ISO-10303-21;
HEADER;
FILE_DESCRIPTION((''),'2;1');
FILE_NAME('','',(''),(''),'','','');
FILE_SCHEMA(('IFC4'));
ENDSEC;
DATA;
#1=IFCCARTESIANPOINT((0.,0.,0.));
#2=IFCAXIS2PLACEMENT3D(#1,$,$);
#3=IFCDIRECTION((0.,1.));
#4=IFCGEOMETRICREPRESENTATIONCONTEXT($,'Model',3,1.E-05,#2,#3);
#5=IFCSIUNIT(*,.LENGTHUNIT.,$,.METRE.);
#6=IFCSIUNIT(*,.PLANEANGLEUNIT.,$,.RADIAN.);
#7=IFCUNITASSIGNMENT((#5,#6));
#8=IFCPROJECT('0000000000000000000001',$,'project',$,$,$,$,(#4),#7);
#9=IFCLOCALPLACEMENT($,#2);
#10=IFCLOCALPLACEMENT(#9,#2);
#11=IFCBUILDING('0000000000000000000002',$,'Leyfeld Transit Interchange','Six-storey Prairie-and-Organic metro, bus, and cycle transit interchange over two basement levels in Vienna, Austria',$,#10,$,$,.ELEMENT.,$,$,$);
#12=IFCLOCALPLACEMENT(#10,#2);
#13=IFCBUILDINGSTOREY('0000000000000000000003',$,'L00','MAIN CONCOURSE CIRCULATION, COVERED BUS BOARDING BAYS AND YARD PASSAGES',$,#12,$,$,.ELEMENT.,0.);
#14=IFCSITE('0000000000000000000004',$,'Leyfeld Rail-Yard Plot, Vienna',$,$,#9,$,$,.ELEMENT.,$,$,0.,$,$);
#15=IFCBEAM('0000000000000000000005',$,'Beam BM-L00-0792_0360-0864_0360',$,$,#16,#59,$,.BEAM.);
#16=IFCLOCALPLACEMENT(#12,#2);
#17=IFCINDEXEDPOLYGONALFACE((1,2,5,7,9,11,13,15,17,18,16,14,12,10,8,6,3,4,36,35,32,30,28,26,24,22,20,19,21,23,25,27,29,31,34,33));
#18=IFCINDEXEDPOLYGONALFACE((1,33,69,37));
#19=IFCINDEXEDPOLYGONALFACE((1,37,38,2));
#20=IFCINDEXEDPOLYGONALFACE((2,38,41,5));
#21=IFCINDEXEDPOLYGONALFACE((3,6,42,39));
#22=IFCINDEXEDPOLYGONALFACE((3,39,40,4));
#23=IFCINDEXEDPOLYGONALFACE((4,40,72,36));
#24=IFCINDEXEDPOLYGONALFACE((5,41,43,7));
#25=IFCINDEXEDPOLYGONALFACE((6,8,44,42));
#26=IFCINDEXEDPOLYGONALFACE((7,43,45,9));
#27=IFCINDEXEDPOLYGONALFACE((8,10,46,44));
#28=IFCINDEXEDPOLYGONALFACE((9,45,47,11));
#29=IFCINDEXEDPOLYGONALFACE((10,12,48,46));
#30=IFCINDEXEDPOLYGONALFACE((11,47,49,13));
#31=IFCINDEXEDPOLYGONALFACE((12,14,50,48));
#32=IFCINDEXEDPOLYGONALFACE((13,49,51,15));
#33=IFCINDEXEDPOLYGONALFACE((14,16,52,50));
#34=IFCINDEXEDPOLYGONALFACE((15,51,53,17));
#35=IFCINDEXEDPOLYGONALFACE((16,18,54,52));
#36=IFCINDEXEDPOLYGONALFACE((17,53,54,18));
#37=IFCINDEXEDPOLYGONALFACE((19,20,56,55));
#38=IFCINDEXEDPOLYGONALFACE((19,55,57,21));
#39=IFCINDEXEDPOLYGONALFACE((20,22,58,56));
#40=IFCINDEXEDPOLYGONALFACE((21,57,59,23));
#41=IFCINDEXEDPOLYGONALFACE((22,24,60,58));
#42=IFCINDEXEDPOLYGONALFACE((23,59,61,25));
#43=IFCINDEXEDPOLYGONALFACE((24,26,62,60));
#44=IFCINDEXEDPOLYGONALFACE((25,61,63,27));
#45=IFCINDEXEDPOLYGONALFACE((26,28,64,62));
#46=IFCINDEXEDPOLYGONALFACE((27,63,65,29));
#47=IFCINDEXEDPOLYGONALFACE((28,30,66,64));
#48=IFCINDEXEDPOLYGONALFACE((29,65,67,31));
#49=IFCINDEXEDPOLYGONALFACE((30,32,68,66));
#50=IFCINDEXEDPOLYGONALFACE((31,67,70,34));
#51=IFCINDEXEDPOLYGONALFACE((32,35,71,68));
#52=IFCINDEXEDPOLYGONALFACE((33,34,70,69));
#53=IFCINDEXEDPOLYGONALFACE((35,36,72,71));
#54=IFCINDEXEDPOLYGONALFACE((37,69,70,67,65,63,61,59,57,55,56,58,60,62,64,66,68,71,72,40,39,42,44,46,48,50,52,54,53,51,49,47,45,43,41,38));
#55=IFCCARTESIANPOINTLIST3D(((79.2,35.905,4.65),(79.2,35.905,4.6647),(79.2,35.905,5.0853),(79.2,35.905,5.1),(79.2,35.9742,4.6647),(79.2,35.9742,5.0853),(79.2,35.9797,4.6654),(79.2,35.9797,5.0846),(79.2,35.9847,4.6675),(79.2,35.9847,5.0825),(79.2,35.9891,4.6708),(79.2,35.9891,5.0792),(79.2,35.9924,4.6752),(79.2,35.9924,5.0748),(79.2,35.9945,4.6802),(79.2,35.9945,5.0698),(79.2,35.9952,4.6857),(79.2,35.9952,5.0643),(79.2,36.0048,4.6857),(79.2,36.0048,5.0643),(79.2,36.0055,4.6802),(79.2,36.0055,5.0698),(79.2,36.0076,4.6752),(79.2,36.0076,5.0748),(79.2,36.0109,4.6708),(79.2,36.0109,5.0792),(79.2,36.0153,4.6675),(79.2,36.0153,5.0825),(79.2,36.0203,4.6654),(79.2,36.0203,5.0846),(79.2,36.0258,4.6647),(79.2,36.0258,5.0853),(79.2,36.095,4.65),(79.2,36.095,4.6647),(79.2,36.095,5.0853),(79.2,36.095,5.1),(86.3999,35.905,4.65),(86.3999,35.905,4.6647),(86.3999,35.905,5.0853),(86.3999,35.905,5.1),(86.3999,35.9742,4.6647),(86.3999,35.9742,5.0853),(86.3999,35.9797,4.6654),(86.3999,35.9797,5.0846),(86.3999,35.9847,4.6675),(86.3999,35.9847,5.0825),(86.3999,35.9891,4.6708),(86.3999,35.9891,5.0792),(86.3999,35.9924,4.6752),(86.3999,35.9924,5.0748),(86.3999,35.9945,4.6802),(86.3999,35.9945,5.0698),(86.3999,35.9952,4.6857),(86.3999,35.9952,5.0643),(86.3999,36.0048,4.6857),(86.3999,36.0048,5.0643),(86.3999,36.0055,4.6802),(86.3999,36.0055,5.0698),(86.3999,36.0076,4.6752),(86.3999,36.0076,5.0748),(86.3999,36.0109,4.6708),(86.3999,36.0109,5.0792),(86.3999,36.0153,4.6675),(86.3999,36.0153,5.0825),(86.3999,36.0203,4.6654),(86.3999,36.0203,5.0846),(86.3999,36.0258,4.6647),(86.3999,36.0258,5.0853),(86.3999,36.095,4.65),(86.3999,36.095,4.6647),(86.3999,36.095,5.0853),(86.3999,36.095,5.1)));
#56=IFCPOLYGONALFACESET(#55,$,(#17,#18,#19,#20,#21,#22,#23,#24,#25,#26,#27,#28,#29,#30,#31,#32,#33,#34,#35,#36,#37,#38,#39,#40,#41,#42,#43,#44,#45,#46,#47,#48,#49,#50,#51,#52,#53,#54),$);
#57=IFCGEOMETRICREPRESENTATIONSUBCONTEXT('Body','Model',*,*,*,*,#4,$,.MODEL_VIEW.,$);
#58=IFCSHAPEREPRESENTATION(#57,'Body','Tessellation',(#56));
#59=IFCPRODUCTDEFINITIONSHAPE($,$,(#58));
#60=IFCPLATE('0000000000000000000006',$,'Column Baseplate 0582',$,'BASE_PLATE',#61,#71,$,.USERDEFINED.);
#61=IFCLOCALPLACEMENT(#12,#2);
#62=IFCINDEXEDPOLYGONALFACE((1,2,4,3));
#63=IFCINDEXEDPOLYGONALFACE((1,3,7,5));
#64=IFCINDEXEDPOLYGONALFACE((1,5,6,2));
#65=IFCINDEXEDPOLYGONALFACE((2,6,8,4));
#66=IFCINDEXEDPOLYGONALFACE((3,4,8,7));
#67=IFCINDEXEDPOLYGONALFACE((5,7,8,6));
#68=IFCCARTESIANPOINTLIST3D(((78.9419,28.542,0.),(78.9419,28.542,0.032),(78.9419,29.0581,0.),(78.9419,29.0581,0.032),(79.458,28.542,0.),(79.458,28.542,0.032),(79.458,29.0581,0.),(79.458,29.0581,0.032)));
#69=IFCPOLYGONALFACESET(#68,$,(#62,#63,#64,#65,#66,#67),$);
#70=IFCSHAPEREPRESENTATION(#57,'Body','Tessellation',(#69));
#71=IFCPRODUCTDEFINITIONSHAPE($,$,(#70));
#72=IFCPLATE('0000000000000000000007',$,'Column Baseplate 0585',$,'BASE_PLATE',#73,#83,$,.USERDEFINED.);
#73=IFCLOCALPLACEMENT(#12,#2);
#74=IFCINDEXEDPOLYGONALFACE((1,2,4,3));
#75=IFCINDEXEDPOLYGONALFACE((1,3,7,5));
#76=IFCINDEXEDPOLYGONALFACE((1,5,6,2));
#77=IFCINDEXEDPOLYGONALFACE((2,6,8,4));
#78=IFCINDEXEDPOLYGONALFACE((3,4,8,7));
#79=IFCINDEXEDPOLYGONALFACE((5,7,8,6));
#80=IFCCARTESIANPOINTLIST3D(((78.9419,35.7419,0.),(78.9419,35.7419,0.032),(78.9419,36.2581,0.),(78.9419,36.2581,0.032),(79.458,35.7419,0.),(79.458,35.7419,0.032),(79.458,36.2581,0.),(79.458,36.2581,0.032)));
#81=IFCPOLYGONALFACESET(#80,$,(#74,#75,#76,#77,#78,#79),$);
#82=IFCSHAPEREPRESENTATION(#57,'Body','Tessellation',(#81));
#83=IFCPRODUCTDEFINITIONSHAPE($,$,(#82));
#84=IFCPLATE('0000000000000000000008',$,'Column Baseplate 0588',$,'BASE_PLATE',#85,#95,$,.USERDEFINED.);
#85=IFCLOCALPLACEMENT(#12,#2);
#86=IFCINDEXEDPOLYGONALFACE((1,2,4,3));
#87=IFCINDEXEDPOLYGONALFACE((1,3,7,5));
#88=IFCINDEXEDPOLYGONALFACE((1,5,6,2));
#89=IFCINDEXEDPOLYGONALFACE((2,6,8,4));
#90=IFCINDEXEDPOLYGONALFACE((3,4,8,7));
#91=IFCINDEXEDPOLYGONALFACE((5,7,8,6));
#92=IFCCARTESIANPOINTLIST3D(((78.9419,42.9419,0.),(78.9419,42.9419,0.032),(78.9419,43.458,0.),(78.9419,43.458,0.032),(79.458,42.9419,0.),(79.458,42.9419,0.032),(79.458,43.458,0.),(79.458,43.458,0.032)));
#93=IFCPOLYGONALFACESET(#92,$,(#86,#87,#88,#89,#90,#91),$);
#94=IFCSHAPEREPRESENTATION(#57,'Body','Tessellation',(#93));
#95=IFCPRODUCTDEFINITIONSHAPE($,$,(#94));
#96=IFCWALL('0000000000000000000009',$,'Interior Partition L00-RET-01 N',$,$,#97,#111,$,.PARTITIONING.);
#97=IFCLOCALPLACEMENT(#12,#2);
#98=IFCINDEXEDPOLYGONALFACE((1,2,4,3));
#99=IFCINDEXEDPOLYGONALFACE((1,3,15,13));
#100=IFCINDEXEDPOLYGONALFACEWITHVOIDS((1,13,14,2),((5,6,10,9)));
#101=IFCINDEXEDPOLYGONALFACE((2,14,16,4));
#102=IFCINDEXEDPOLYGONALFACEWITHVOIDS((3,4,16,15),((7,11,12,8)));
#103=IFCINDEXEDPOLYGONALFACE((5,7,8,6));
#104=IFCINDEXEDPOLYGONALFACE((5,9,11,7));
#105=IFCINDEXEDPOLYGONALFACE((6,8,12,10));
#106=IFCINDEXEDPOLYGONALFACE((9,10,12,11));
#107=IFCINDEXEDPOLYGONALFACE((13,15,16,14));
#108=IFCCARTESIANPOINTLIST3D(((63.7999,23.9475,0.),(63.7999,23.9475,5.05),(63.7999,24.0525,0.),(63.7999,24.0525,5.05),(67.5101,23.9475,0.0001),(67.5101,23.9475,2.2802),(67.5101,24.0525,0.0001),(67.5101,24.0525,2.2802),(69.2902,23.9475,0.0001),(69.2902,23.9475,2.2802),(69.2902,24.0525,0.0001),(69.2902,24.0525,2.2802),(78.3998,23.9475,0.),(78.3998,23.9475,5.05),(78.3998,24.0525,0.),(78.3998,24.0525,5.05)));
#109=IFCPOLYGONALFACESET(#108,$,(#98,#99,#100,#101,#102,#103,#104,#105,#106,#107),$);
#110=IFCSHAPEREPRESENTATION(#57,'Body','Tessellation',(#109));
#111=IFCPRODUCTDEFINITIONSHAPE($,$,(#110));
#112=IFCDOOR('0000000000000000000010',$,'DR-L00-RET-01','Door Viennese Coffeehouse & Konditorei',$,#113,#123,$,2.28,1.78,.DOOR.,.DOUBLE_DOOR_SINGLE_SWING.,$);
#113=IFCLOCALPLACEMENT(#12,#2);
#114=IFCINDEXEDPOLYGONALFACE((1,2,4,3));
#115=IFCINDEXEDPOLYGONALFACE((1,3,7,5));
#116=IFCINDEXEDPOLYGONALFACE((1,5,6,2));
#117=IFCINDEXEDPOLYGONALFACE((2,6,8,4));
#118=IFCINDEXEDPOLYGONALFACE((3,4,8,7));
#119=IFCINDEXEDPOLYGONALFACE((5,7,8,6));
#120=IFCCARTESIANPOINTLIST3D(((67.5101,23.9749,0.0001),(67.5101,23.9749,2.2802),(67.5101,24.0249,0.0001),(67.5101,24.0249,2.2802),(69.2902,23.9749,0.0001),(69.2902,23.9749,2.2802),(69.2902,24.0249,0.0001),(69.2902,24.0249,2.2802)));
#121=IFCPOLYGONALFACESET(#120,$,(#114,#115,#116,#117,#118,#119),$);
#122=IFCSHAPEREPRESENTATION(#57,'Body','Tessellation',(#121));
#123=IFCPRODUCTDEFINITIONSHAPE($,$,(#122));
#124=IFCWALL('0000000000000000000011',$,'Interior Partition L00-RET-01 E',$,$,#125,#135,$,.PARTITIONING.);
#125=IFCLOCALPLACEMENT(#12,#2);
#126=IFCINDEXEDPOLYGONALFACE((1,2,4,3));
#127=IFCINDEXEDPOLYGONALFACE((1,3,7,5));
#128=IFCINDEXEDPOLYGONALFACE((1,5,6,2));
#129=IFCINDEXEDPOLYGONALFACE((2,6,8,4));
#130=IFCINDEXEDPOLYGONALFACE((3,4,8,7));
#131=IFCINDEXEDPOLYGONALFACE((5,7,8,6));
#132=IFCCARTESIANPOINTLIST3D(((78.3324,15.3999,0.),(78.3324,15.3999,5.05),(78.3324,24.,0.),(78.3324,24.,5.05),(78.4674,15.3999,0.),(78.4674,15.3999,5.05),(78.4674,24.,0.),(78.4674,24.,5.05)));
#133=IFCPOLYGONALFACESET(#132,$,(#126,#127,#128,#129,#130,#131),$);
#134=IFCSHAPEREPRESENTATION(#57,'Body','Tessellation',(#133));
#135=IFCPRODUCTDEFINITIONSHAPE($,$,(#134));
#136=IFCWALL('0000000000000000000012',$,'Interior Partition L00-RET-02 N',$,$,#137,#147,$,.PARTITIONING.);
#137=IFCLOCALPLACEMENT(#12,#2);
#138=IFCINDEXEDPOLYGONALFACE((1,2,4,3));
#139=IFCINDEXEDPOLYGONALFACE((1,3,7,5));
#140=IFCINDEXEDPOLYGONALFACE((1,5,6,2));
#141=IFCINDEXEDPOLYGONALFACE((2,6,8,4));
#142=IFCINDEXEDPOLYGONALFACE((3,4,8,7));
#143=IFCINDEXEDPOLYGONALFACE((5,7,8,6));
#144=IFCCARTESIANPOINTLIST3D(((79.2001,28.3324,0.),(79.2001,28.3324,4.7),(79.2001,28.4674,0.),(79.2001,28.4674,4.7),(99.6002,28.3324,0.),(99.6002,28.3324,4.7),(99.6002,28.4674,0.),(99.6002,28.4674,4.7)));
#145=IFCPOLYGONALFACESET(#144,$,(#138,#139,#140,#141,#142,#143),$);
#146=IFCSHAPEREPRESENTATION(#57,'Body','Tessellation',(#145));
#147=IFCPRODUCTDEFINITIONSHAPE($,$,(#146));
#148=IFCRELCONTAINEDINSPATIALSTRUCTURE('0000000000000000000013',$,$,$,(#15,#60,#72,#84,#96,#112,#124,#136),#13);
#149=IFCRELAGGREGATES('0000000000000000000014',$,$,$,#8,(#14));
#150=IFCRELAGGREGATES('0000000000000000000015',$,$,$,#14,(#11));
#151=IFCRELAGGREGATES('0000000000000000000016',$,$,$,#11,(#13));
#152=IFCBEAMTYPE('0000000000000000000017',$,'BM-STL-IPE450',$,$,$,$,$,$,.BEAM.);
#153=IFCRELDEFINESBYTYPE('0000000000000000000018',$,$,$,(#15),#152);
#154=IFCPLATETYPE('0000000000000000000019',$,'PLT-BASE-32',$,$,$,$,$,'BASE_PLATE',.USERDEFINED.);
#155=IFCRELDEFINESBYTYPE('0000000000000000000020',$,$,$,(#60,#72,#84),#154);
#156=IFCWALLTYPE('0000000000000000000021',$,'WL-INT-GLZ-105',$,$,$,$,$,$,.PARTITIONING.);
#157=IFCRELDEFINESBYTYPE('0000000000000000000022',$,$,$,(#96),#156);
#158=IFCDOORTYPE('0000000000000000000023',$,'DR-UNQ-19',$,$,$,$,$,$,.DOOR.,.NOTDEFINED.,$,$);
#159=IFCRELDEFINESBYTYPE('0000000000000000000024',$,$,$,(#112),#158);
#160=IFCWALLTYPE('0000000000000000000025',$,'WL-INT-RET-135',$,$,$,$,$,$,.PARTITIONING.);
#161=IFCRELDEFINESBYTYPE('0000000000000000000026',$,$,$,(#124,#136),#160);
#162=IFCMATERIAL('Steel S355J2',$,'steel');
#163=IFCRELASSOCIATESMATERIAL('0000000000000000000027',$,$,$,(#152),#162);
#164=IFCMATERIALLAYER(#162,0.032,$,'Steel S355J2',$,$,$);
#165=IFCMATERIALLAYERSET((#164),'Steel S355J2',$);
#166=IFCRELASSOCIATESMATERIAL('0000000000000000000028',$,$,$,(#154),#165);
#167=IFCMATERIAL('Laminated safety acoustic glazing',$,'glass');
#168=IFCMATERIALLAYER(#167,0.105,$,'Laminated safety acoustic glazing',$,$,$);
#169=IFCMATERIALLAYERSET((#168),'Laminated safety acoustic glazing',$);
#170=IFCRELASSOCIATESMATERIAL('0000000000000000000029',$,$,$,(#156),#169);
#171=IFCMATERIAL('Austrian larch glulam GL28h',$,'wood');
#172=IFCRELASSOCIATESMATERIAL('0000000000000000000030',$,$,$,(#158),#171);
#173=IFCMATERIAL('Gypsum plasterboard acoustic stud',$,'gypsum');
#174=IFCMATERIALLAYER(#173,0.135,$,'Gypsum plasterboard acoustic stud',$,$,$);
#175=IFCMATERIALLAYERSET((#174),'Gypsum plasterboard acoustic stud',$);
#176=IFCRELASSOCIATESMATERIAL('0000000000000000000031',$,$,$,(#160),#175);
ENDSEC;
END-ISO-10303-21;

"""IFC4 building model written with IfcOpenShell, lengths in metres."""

from ifc_helpers import new_model, si_unit, direction, frame, frame_2d, origin, origin_2d, place, context, subcontext, project, spatial, rectangle, i_section, extrude, material, layer, layer_set, material_profile, profile_set, type_object, element, fill, save


model = new_model("IFC4")

# Units and contexts
model_context = context("Model", 3, precision=1e-05, world=origin(), true_north=direction((0.0, 1.0)))
body_context = subcontext(model_context, "Body", "Model", "MODEL_VIEW")
ifc_project = project(units=[si_unit("LENGTHUNIT", "METRE"), si_unit("PLANEANGLEUNIT", "RADIAN")], contexts=[model_context])

# Site, building, storey
site_placement = place(None, origin())
site = spatial("IfcSite", under=ifc_project, at=site_placement, Name="Leyfeld Rail-Yard Plot, Vienna", CompositionType="ELEMENT", RefElevation=0.0)
building_placement = place(site_placement, origin())
building = spatial("IfcBuilding", under=site, at=building_placement, Name="Leyfeld Transit Interchange", Description="Six-storey Prairie-and-Organic metro, bus, and cycle transit interchange over two basement levels in Vienna, Austria", CompositionType="ELEMENT")
storey_placement = place(building_placement, origin())
storey = spatial("IfcBuildingStorey", under=building, at=storey_placement, Name="L00", Description="MAIN CONCOURSE CIRCULATION, COVERED BUS BOARDING BAYS AND YARD PASSAGES", CompositionType="ELEMENT", Elevation=0.0)

# Shared definitions
ifc_material_1 = material(Name="Steel S355J2", Category="steel")

# Beam
ifc_material_profile_1 = material_profile(ifc_material_1, i_section(OverallWidth=0.1899, OverallDepth=0.45, WebThickness=0.0095, FlangeThickness=0.0146, FilletRadius=0.021, at=origin_2d()), Name="IPE 450")
ifc_profile_set_1 = profile_set([ifc_material_profile_1], Name="Steel S355J2")
beam_type_1 = type_object("IfcBeamType", Name="BM-STL-IPE450", PredefinedType="BEAM", material=ifc_profile_set_1)
for number, where, z_axis, x_axis, name in (
    (1, (79.2, 36.0, 4.875), (1.0, 0.0, 0.0), (0.0, 1.0, 0.0), "Beam BM-L00-0792_0360-0864_0360"),
):
    element("IfcBeam", number, at=place(storey_placement, frame(where, z_axis=z_axis, x_axis=x_axis)), inside=storey, type_object=beam_type_1, Name=name, PredefinedType="BEAM", context=body_context, shape_type="SweptSolid", body=[
        extrude(i_section(OverallWidth=0.1899, OverallDepth=0.45, WebThickness=0.0095, FlangeThickness=0.0146, FilletRadius=0.021, at=origin_2d()), origin(), (0.0, 0.0, 1.0), 7.2),
    ])

# Plates
ifc_layer_1 = layer(ifc_material_1, 0.032, Name="Steel S355J2")
ifc_layer_set_1 = layer_set([ifc_layer_1], Name="Steel S355J2")
plate_type = type_object("IfcPlateType", Name="PLT-BASE-32", ElementType="BASE_PLATE", PredefinedType="USERDEFINED", material=ifc_layer_set_1)
for number, where, z_axis, x_axis, name in (
    (2, (79.2, 28.8, 0.0), (0.0, 0.0, 1.0), (1.0, 0.0, 0.0), "Column Baseplate 0582"),
    (3, (79.2, 36.0, 0.0), (0.0, 0.0, 1.0), (1.0, 0.0, 0.0), "Column Baseplate 0585"),
    (4, (79.2, 43.2, 0.0), (0.0, 0.0, 1.0), (1.0, 0.0, 0.0), "Column Baseplate 0588"),
):
    element("IfcPlate", number, at=place(storey_placement, frame(where, z_axis=z_axis, x_axis=x_axis)), inside=storey, type_object=plate_type, Name=name, ObjectType="BASE_PLATE", PredefinedType="USERDEFINED", context=body_context, shape_type="SweptSolid", body=[
        extrude(rectangle(XDim=0.5161, YDim=0.5161, at=origin_2d()), origin(), (0.0, 0.0, 1.0), 0.032),
    ])

# Wall, opening, door
ifc_material_2 = material(Name="Laminated safety acoustic glazing", Category="glass")
ifc_layer_2 = layer(ifc_material_2, 0.105, Name="Laminated safety acoustic glazing")
ifc_layer_set_2 = layer_set([ifc_layer_2], Name="Laminated safety acoustic glazing")
wall_type_1 = type_object("IfcWallType", Name="WL-INT-GLZ-105", PredefinedType="PARTITIONING", material=ifc_layer_set_2)
wall_1_placement = place(storey_placement, frame((63.8, 24.0, 0.0), z_axis=(0.0, 0.0, 1.0), x_axis=(1.0, 0.0, 0.0)))
wall_1 = element("IfcWall", 5, at=wall_1_placement, inside=storey, type_object=wall_type_1, Name="Interior Partition L00-RET-01 N", PredefinedType="PARTITIONING", context=body_context, shape_type="SweptSolid", body=[
    extrude(rectangle(XDim=14.5999, YDim=0.105, at=frame_2d((7.2998, 0.0))), origin(), (0.0, 0.0, 1.0), 5.05),
])
opening_placement = place(wall_1_placement, frame((3.71, 0.0, 0.0)))
opening = element("IfcOpeningElement", 6, at=opening_placement, cuts=wall_1, PredefinedType="OPENING", context=body_context, shape_type="SweptSolid", body=[
    extrude(rectangle(XDim=1.78, YDim=2.28, at=frame_2d((0.8901, 1.1401))), frame((0.0, 0.0625, 0.0), z_axis=(0.0, -1.0, 0.0), x_axis=(1.0, 0.0, 0.0)), (0.0, 0.0, 1.0), 0.125),
])
ifc_material_3 = material(Name="Austrian larch glulam GL28h", Category="wood")
door_type = type_object("IfcDoorType", Name="DR-UNQ-19", OperationType="NOTDEFINED", PredefinedType="DOOR", material=ifc_material_3)
door_placement = place(opening_placement, origin())
door = element("IfcDoor", 7, at=door_placement, inside=storey, type_object=door_type, Name="DR-L00-RET-01", Description="Door Viennese Coffeehouse & Konditorei", OperationType="DOUBLE_DOOR_SINGLE_SWING", OverallHeight=2.28, OverallWidth=1.78, PredefinedType="DOOR", context=body_context, shape_type="SweptSolid", body=[
    extrude(rectangle(XDim=1.78, YDim=2.28, at=frame_2d((0.8901, 1.1401))), frame((0.0, 0.0249, 0.0), z_axis=(0.0, -1.0, 0.0), x_axis=(1.0, 0.0, 0.0)), (0.0, 0.0, 1.0), 0.05),
])
fill(opening, door)

# Walls
ifc_material_4 = material(Name="Gypsum plasterboard acoustic stud", Category="gypsum")
ifc_layer_3 = layer(ifc_material_4, 0.135, Name="Gypsum plasterboard acoustic stud")
ifc_layer_set_3 = layer_set([ifc_layer_3], Name="Gypsum plasterboard acoustic stud")
wall_type_2 = type_object("IfcWallType", Name="WL-INT-RET-135", PredefinedType="PARTITIONING", material=ifc_layer_set_3)
wall_2_placement = place(storey_placement, frame((78.3999, 24.0, 0.0), z_axis=(0.0, 0.0, 1.0), x_axis=(0.0, -1.0, 0.0)))
element("IfcWall", 8, at=wall_2_placement, inside=storey, type_object=wall_type_2, Name="Interior Partition L00-RET-01 E", PredefinedType="PARTITIONING", context=body_context, shape_type="SweptSolid", body=[
    extrude(rectangle(XDim=8.6001, YDim=0.135, at=frame_2d((4.3, 0.0))), origin(), (0.0, 0.0, 1.0), 5.05),
])
wall_3_placement = place(storey_placement, frame((79.2, 28.3999, 0.0), z_axis=(0.0, 0.0, 1.0), x_axis=(1.0, 0.0, 0.0)))
element("IfcWall", 9, at=wall_3_placement, inside=storey, type_object=wall_type_2, Name="Interior Partition L00-RET-02 N", PredefinedType="PARTITIONING", context=body_context, shape_type="SweptSolid", body=[
    extrude(rectangle(XDim=20.4001, YDim=0.135, at=frame_2d((10.2002, 0.0))), origin(), (0.0, 0.0, 1.0), 4.7),
])

save(model, "model.ifc")
